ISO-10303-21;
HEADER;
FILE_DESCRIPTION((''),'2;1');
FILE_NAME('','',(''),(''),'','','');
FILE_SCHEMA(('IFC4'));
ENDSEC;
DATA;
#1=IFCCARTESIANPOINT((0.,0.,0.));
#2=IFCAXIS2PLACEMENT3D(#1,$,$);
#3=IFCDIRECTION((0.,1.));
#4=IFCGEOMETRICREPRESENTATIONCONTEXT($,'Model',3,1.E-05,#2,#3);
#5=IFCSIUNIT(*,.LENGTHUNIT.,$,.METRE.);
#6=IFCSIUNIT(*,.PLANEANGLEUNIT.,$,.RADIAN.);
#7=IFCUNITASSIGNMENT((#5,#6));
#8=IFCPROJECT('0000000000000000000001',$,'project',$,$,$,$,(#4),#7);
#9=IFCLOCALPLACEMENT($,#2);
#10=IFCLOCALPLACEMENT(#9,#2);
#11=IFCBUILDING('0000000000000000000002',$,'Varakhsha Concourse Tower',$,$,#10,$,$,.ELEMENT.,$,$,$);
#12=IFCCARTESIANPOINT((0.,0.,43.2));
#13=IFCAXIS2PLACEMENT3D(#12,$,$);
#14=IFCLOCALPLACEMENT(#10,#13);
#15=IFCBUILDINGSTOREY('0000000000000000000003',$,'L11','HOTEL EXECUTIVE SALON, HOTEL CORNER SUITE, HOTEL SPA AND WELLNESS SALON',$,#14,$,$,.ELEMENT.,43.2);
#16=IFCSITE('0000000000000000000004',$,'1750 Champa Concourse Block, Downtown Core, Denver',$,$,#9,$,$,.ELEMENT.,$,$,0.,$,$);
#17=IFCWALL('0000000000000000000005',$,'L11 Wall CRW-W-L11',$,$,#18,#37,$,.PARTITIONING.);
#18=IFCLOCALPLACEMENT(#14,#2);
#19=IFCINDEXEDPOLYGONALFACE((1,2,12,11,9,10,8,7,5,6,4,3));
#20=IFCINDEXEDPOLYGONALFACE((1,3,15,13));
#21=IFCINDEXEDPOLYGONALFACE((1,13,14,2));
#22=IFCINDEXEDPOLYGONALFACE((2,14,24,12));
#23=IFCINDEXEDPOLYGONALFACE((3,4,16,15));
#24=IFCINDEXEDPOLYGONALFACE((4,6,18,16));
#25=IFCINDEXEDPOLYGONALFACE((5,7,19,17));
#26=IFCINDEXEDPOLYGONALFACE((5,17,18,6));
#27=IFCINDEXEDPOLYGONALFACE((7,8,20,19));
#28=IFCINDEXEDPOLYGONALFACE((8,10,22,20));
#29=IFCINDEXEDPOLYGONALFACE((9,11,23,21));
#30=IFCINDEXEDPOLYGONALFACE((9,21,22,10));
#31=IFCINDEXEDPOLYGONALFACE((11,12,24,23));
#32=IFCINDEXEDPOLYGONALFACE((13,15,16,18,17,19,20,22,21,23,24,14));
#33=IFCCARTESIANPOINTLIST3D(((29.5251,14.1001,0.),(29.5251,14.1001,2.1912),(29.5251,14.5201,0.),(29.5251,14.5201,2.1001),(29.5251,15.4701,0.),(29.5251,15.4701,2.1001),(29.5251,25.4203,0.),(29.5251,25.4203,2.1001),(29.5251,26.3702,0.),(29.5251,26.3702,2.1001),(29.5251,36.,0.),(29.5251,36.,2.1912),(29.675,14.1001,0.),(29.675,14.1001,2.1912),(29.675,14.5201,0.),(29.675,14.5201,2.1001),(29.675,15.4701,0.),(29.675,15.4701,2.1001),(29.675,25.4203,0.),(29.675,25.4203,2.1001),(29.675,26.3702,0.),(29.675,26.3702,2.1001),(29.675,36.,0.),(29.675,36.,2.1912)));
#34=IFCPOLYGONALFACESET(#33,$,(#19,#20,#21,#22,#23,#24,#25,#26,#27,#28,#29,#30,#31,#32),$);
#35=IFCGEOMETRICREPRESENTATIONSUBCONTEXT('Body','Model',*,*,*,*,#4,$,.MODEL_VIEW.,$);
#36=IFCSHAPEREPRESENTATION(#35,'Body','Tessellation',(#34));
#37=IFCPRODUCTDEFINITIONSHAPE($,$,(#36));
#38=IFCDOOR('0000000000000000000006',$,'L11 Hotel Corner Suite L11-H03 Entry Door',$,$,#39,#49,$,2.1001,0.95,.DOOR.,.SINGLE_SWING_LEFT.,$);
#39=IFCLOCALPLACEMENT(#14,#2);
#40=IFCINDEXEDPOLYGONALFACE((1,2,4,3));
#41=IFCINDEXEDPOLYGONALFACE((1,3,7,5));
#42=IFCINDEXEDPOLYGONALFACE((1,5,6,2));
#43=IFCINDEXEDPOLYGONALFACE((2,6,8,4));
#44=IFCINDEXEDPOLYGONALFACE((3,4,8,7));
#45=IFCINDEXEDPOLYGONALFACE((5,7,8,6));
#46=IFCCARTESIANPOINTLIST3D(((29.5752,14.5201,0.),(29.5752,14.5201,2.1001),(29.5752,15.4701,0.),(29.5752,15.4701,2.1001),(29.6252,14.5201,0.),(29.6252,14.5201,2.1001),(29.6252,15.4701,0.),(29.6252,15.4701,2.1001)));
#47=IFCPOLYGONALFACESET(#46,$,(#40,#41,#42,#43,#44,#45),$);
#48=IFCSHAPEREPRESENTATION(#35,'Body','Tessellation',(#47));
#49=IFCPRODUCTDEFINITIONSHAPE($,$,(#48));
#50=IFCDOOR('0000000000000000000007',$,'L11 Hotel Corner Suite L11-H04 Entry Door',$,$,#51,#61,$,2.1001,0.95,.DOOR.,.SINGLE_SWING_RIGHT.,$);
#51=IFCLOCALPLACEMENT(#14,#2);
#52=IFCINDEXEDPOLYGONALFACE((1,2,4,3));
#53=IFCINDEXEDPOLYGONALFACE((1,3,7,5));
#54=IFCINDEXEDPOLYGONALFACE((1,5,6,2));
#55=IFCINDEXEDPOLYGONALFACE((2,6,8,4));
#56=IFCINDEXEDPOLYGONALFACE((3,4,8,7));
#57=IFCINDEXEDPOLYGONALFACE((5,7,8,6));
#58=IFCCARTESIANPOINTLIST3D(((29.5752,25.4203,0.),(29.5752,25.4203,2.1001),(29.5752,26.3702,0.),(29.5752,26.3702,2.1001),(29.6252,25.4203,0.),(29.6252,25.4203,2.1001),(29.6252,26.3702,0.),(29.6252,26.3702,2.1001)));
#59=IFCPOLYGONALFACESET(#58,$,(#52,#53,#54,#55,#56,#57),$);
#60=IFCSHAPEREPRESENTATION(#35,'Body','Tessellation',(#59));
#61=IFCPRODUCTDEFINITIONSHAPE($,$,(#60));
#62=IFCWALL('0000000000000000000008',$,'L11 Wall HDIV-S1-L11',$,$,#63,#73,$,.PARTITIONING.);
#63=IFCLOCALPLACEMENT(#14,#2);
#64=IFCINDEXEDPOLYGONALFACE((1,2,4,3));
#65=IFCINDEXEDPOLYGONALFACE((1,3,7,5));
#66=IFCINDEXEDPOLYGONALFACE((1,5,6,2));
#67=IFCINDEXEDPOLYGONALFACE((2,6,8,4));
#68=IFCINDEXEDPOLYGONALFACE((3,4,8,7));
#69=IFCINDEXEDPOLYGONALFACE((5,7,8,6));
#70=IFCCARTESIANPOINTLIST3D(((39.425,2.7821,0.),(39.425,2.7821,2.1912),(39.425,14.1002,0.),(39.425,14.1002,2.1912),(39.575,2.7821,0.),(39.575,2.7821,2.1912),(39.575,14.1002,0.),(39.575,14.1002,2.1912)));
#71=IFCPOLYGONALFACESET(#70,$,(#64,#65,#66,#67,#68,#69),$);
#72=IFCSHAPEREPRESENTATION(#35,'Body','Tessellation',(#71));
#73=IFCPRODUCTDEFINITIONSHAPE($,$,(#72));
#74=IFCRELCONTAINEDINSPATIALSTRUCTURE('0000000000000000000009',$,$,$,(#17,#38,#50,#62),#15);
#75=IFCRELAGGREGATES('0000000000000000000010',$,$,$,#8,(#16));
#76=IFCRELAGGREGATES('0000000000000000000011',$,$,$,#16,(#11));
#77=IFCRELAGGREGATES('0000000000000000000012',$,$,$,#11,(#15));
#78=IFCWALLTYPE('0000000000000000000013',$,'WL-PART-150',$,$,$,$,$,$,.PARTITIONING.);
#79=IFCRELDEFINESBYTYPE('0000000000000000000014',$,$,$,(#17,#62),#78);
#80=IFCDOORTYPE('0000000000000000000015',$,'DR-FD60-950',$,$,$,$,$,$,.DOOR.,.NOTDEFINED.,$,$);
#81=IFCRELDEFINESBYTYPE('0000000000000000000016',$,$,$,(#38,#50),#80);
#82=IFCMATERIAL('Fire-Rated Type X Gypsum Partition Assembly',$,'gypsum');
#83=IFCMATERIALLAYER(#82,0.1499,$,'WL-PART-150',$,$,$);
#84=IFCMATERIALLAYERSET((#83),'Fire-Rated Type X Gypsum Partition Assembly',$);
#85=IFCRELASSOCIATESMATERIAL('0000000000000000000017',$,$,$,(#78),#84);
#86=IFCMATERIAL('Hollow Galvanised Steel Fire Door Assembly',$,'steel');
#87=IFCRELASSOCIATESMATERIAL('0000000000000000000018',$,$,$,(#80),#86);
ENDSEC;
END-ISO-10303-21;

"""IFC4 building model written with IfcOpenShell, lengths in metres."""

from ifc_helpers import new_model, si_unit, direction, frame, frame_2d, origin, place, context, subcontext, project, spatial, rectangle, extrude, material, layer, layer_set, type_object, element, fill, save


model = new_model("IFC4")

# Units and contexts
model_context = context("Model", 3, precision=1e-05, world=origin(), true_north=direction((0.0, 1.0)))
body_context = subcontext(model_context, "Body", "Model", "MODEL_VIEW")
ifc_project = project(units=[si_unit("LENGTHUNIT", "METRE"), si_unit("PLANEANGLEUNIT", "RADIAN")], contexts=[model_context])

# Site, building, storey
site_placement = place(None, origin())
site = spatial("IfcSite", under=ifc_project, at=site_placement, Name="1750 Champa Concourse Block, Downtown Core, Denver", CompositionType="ELEMENT", RefElevation=0.0)
building_placement = place(site_placement, origin())
building = spatial("IfcBuilding", under=site, at=building_placement, Name="Varakhsha Concourse Tower", CompositionType="ELEMENT")
storey_placement = place(building_placement, frame((0.0, 0.0, 43.2)))
storey = spatial("IfcBuildingStorey", under=building, at=storey_placement, Name="L11", Description="HOTEL EXECUTIVE SALON, HOTEL CORNER SUITE, HOTEL SPA AND WELLNESS SALON", CompositionType="ELEMENT", Elevation=43.2)

# Wall, openings, doors
ifc_material_1 = material(Name="Fire-Rated Type X Gypsum Partition Assembly", Category="gypsum")
ifc_layer_1 = layer(ifc_material_1, 0.1499, Name="WL-PART-150")
ifc_layer_set_1 = layer_set([ifc_layer_1], Name="Fire-Rated Type X Gypsum Partition Assembly")
wall_type = type_object("IfcWallType", Name="WL-PART-150", PredefinedType="PARTITIONING", material=ifc_layer_set_1)
ifc_material_2 = material(Name="Hollow Galvanised Steel Fire Door Assembly", Category="steel")
door_type = type_object("IfcDoorType", Name="DR-FD60-950", OperationType="NOTDEFINED", PredefinedType="DOOR", material=ifc_material_2)
wall_1_placement = place(storey_placement, frame((29.6001, 14.1001, 0.0), z_axis=(0.0, 0.0, 1.0), x_axis=(0.0, 1.0, 0.0)))
wall_1 = element("IfcWall", 1, at=wall_1_placement, inside=storey, type_object=wall_type, Name="L11 Wall CRW-W-L11", PredefinedType="PARTITIONING", context=body_context, shape_type="SweptSolid", body=[
    extrude(rectangle(XDim=21.8999, YDim=0.1499, at=frame_2d((10.95, 0.0))), origin(), (0.0, 0.0, 1.0), 2.1912),
])
opening_1_placement = place(wall_1_placement, frame((0.4199, 0.0, 0.0)))
opening_1 = element("IfcOpeningElement", 2, at=opening_1_placement, cuts=wall_1, PredefinedType="OPENING", context=body_context, shape_type="SweptSolid", body=[
    extrude(rectangle(XDim=0.95, YDim=2.1001, at=frame_2d((0.4751, 1.05))), frame((0.0, 0.085, 0.0), z_axis=(0.0, -1.0, 0.0), x_axis=(1.0, 0.0, 0.0)), (0.0, 0.0, 1.0), 0.1699),
])
opening_2_placement = place(wall_1_placement, frame((11.3201, 0.0, 0.0)))
opening_2 = element("IfcOpeningElement", 3, at=opening_2_placement, cuts=wall_1, PredefinedType="OPENING", context=body_context, shape_type="SweptSolid", body=[
    extrude(rectangle(XDim=0.95, YDim=2.1001, at=frame_2d((0.4751, 1.05))), frame((0.0, 0.085, 0.0), z_axis=(0.0, -1.0, 0.0), x_axis=(1.0, 0.0, 0.0)), (0.0, 0.0, 1.0), 0.1699),
])
door_1_placement = place(opening_1_placement, origin())
door_1 = element("IfcDoor", 4, at=door_1_placement, inside=storey, type_object=door_type, Name="L11 Hotel Corner Suite L11-H03 Entry Door", OperationType="SINGLE_SWING_LEFT", OverallHeight=2.1001, OverallWidth=0.95, PredefinedType="DOOR", context=body_context, shape_type="SweptSolid", body=[
    extrude(rectangle(XDim=0.95, YDim=2.1001, at=frame_2d((0.4751, 1.05))), frame((0.0, 0.0249, 0.0), z_axis=(0.0, -1.0, 0.0), x_axis=(1.0, 0.0, 0.0)), (0.0, 0.0, 1.0), 0.05),
])
fill(opening_1, door_1)
door_2_placement = place(opening_2_placement, origin())
door_2 = element("IfcDoor", 5, at=door_2_placement, inside=storey, type_object=door_type, Name="L11 Hotel Corner Suite L11-H04 Entry Door", OperationType="SINGLE_SWING_RIGHT", OverallHeight=2.1001, OverallWidth=0.95, PredefinedType="DOOR", context=body_context, shape_type="SweptSolid", body=[
    extrude(rectangle(XDim=0.95, YDim=2.1001, at=frame_2d((0.4751, 1.05))), frame((0.0, 0.0249, 0.0), z_axis=(0.0, -1.0, 0.0), x_axis=(1.0, 0.0, 0.0)), (0.0, 0.0, 1.0), 0.05),
])
fill(opening_2, door_2)

# Wall
wall_2_placement = place(storey_placement, frame((39.5, 2.782, 0.0), z_axis=(0.0, 0.0, 1.0), x_axis=(0.0, 1.0, 0.0)))
element("IfcWall", 6, at=wall_2_placement, inside=storey, type_object=wall_type, Name="L11 Wall HDIV-S1-L11", PredefinedType="PARTITIONING", context=body_context, shape_type="SweptSolid", body=[
    extrude(rectangle(XDim=11.3181, YDim=0.1499, at=frame_2d((5.6592, 0.0))), origin(), (0.0, 0.0, 1.0), 2.1912),
])

save(model, "model.ifc")
